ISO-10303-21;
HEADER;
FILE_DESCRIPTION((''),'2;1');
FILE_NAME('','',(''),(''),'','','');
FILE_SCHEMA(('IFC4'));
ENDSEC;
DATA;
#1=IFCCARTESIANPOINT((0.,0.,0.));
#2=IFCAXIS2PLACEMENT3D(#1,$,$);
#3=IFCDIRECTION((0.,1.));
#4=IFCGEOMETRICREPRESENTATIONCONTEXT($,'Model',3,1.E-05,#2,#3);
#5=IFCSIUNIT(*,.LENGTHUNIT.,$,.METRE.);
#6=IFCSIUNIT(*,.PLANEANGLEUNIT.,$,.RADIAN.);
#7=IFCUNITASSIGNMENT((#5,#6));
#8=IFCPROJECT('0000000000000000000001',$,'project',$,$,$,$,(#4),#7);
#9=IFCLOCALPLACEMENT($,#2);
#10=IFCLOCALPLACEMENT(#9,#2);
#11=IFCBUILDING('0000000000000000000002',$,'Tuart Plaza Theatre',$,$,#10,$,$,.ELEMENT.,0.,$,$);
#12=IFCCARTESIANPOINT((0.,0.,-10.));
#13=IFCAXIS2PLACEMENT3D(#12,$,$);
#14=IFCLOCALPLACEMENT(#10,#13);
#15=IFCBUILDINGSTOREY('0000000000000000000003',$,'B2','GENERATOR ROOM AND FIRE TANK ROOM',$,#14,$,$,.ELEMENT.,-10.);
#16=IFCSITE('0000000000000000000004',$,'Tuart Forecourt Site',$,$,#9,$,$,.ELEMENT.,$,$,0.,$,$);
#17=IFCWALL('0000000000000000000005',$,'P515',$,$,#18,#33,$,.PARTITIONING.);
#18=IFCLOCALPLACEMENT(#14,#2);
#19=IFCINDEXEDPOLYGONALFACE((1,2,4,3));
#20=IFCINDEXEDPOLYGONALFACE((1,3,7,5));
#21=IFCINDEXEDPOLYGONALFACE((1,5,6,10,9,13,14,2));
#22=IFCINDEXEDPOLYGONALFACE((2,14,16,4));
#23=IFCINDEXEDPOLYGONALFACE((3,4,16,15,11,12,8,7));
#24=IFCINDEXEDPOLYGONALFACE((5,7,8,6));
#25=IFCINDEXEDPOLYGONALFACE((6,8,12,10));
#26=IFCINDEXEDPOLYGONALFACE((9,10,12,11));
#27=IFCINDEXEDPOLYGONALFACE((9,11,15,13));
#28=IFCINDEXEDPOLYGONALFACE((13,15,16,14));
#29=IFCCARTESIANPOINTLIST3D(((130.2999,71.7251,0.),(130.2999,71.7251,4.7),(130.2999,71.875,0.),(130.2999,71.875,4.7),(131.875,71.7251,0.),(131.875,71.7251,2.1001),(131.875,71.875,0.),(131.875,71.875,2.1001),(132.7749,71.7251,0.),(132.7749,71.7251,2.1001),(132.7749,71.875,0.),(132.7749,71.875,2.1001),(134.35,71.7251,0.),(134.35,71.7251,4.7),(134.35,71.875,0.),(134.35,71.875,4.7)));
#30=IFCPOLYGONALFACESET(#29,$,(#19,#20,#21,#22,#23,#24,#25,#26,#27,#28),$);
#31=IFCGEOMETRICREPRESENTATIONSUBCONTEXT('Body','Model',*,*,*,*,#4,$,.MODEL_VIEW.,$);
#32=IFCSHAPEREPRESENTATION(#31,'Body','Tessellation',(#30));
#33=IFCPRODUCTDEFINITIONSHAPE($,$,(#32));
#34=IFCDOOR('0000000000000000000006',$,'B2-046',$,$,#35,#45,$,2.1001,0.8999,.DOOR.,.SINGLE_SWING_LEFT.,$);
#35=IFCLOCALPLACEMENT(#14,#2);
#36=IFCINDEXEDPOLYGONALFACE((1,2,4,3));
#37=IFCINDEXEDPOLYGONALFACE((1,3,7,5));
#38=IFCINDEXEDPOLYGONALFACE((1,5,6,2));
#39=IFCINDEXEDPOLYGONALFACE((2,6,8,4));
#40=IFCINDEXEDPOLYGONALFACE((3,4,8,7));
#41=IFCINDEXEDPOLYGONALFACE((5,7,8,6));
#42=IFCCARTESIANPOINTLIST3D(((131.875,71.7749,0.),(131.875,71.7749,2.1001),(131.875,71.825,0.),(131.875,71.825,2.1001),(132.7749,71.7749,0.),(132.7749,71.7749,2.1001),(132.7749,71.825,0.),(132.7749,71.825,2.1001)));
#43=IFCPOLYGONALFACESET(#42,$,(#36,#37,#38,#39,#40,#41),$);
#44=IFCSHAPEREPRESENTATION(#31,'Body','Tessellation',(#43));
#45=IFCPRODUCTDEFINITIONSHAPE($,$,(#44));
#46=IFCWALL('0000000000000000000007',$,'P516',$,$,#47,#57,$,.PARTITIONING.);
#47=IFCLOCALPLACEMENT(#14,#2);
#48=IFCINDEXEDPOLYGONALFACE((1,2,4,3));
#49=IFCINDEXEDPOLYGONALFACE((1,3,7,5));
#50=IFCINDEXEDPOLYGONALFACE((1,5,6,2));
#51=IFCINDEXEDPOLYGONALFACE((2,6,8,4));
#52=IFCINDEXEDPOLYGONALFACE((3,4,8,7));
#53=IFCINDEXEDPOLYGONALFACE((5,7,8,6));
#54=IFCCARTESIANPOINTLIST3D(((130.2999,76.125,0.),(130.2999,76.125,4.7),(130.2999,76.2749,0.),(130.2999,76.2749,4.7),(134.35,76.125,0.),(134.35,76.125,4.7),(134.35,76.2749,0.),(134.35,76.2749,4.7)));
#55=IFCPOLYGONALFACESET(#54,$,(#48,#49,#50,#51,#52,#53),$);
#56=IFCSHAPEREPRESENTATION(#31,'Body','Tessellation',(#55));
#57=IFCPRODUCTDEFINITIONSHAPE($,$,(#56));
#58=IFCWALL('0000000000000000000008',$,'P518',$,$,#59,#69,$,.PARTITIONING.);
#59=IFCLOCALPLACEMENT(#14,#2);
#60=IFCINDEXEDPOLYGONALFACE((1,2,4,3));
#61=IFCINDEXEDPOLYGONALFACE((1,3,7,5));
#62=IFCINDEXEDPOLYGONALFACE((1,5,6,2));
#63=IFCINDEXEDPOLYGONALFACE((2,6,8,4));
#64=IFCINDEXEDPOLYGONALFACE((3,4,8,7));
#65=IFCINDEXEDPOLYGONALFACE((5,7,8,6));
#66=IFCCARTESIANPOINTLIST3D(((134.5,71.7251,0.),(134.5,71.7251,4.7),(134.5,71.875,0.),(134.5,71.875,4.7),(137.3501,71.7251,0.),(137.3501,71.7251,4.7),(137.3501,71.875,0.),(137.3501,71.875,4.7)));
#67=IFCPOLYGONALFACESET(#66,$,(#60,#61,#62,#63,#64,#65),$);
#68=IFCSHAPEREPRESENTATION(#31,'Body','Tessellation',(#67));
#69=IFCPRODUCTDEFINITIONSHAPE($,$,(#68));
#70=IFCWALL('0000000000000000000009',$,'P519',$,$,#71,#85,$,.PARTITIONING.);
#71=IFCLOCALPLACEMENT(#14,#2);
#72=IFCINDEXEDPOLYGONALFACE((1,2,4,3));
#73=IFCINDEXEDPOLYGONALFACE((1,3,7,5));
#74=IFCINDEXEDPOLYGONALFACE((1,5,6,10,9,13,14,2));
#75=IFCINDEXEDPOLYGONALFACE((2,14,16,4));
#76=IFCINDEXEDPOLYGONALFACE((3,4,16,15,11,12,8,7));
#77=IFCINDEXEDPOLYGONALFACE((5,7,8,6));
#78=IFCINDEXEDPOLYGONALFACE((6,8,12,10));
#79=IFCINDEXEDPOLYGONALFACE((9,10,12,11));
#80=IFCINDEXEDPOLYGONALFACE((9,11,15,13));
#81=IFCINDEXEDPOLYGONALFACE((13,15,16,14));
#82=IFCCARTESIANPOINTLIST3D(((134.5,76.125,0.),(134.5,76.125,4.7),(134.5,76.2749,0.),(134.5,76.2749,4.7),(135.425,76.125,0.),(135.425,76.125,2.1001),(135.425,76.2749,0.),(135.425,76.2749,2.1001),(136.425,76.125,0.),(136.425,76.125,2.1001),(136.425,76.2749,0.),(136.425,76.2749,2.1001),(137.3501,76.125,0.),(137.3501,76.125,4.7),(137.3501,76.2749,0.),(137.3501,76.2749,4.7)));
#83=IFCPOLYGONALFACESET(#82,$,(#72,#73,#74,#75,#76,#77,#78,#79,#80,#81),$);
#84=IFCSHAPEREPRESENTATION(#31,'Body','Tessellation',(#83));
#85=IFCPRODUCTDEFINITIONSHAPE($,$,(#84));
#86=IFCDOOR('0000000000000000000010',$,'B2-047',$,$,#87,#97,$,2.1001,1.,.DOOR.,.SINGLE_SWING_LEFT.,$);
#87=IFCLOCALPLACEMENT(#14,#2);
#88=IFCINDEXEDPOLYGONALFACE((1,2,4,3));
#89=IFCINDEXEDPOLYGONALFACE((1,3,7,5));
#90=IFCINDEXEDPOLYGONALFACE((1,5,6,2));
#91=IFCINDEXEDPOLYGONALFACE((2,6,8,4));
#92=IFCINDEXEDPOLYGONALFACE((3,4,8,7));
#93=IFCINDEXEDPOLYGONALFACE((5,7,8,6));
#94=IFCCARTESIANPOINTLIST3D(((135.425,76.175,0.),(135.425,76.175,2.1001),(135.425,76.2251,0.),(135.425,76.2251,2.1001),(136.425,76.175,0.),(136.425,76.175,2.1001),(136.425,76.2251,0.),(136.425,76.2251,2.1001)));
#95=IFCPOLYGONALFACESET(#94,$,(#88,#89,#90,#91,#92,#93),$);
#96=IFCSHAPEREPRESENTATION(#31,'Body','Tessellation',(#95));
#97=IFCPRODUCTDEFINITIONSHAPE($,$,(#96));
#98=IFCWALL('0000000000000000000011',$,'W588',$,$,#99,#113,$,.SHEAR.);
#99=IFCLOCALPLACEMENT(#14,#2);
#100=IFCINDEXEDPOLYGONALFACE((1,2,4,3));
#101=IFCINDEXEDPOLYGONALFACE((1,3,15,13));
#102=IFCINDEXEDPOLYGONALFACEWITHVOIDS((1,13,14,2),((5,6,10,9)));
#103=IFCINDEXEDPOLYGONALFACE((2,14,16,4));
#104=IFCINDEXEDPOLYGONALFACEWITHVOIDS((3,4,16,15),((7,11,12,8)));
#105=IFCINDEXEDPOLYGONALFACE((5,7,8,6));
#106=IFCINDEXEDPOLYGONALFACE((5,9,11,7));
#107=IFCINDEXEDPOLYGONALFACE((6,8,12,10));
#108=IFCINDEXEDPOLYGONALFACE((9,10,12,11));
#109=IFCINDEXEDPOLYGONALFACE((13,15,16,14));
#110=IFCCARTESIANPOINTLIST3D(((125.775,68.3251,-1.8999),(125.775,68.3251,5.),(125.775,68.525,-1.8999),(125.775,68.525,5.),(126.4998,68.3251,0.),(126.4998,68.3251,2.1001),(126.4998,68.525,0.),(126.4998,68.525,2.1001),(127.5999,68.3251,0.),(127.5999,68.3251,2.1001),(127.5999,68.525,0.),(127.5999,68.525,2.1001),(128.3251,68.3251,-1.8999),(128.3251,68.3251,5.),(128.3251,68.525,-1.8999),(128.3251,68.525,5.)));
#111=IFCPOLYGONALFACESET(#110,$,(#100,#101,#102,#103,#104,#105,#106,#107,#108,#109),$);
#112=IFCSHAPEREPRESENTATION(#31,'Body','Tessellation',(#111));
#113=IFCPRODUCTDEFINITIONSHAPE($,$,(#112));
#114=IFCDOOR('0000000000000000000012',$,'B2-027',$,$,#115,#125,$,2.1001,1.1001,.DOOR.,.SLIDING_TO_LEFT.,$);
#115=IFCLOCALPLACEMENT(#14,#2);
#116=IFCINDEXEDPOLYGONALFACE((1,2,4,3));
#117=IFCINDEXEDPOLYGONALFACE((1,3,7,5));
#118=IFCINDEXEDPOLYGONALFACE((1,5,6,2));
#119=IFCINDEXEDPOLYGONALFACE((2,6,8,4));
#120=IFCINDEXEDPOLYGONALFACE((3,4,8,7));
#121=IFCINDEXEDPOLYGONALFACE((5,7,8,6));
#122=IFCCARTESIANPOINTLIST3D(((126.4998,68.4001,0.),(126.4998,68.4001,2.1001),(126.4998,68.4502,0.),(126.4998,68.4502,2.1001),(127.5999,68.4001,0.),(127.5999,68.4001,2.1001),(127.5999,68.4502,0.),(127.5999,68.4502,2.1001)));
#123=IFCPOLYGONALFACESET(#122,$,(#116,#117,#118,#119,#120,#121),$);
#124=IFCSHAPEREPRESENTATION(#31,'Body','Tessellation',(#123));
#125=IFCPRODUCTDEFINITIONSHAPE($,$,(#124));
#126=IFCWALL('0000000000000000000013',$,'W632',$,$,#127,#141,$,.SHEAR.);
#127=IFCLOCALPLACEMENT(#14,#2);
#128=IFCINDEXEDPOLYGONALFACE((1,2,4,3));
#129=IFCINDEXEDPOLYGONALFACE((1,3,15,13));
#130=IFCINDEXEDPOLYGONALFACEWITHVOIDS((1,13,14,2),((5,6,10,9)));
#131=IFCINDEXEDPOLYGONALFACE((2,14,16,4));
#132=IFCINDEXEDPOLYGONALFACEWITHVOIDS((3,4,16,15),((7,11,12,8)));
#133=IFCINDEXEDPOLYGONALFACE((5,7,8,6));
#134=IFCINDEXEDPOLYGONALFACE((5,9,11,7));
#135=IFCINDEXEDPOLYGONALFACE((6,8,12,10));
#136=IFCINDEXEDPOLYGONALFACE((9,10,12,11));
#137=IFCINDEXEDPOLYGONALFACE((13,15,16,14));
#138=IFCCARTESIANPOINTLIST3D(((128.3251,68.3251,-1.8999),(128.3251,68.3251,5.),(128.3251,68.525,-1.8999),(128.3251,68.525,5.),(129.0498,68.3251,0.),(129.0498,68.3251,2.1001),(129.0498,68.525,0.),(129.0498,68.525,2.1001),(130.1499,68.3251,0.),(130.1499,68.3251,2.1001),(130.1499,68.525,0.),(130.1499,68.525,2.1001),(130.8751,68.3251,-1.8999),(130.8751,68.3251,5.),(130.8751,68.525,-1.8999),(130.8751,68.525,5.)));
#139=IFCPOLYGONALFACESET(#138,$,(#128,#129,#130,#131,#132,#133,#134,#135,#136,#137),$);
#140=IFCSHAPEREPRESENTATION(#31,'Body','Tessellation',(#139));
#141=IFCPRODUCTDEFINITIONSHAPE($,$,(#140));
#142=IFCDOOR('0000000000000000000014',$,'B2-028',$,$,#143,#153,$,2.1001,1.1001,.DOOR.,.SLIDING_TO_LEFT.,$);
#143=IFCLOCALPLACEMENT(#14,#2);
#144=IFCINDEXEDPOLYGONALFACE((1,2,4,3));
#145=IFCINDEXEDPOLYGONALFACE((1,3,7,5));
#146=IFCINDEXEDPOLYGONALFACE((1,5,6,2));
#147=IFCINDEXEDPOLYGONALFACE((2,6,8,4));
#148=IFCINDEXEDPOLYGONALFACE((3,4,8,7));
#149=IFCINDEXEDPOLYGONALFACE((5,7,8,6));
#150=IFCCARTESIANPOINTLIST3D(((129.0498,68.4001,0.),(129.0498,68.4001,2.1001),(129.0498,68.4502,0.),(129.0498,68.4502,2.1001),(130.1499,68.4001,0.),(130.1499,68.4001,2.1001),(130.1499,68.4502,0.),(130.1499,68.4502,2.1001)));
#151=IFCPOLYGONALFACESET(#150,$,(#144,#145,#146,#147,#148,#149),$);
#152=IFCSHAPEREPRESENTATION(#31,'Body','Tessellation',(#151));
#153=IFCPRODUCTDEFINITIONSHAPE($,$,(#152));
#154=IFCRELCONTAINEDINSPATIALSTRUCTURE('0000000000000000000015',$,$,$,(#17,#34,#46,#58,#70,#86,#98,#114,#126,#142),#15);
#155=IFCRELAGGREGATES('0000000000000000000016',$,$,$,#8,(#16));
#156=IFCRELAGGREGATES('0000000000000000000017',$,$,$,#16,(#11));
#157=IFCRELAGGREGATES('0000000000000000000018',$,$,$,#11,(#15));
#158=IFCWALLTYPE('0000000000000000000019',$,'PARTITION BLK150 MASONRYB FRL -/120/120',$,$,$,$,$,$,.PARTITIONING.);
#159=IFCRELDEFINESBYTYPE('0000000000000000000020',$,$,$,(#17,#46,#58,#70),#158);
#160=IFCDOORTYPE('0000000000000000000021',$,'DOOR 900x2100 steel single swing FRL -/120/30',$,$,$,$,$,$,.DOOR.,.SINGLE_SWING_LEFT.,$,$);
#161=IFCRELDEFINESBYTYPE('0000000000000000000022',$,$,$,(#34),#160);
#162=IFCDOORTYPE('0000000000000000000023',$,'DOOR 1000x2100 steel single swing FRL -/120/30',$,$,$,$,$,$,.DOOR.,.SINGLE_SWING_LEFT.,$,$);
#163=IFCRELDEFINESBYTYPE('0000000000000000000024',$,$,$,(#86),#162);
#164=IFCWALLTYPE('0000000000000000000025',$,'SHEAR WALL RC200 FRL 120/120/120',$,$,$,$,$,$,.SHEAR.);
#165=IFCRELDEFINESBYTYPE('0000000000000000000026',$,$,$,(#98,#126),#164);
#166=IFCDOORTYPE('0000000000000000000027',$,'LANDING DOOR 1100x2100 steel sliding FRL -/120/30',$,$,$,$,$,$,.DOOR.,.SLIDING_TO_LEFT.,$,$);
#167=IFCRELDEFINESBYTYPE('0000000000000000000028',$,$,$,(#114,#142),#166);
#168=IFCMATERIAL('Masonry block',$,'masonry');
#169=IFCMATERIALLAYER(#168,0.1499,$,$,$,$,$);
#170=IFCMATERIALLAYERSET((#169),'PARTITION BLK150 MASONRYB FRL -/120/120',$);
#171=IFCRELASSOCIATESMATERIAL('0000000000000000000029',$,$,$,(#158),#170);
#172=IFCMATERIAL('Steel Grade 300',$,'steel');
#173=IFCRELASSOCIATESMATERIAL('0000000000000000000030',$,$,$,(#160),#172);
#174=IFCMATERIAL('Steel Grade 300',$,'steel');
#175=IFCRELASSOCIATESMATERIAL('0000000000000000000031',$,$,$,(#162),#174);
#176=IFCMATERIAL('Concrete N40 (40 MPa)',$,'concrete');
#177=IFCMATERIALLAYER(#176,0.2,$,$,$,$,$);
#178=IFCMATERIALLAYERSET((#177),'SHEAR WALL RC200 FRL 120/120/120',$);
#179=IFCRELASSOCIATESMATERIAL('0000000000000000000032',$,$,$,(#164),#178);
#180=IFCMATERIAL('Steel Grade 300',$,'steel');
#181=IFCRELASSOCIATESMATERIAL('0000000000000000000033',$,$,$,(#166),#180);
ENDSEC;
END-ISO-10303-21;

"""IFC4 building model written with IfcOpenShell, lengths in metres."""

from ifc_helpers import new_model, si_unit, direction, frame, frame_2d, origin, place, context, subcontext, project, spatial, rectangle, extrude, material, layer, layer_set, type_object, element, fill, save


model = new_model("IFC4")

# Units and contexts
model_context = context("Model", 3, precision=1e-05, world=origin(), true_north=direction((0.0, 1.0)))
body_context = subcontext(model_context, "Body", "Model", "MODEL_VIEW")
ifc_project = project(units=[si_unit("LENGTHUNIT", "METRE"), si_unit("PLANEANGLEUNIT", "RADIAN")], contexts=[model_context])

# Site, building, storey
site_placement = place(None, origin())
site = spatial("IfcSite", under=ifc_project, at=site_placement, Name="Tuart Forecourt Site", CompositionType="ELEMENT", RefElevation=0.0)
building_placement = place(site_placement, origin())
building = spatial("IfcBuilding", under=site, at=building_placement, Name="Tuart Plaza Theatre", CompositionType="ELEMENT", ElevationOfRefHeight=0.0)
storey_placement = place(building_placement, frame((0.0, 0.0, -10.0)))
storey = spatial("IfcBuildingStorey", under=building, at=storey_placement, Name="B2", Description="GENERATOR ROOM AND FIRE TANK ROOM", CompositionType="ELEMENT", Elevation=-10.0)

# Shared definitions
ifc_material_1 = material(Name="Masonry block", Category="masonry")
ifc_layer_1 = layer(ifc_material_1, 0.1499)
ifc_layer_set_1 = layer_set([ifc_layer_1], Name="PARTITION BLK150 MASONRYB FRL -/120/120")
wall_type_1 = type_object("IfcWallType", Name="PARTITION BLK150 MASONRYB FRL -/120/120", PredefinedType="PARTITIONING", material=ifc_layer_set_1)

# Wall, opening, door
wall_1_placement = place(storey_placement, frame((130.3, 71.8, 0.0), z_axis=(0.0, 0.0, 1.0), x_axis=(1.0, 0.0, 0.0)))
wall_1 = element("IfcWall", 1, at=wall_1_placement, inside=storey, type_object=wall_type_1, Name="P515", PredefinedType="PARTITIONING", context=body_context, shape_type="SweptSolid", body=[
    extrude(rectangle(XDim=4.05, YDim=0.1499, at=frame_2d((2.0249, 0.0))), origin(), (0.0, 0.0, 1.0), 4.7),
])
opening_1_placement = place(wall_1_placement, frame((1.575, 0.0, 0.0)))
opening_1 = element("IfcOpeningElement", 2, at=opening_1_placement, cuts=wall_1, PredefinedType="OPENING", context=body_context, shape_type="SweptSolid", body=[
    extrude(rectangle(XDim=0.8999, YDim=2.1001, at=frame_2d((0.45, 1.05))), frame((0.0, 0.085, 0.0), z_axis=(0.0, -1.0, 0.0), x_axis=(1.0, 0.0, 0.0)), (0.0, 0.0, 1.0), 0.1699),
])
ifc_material_2 = material(Name="Steel Grade 300", Category="steel")
door_type_1 = type_object("IfcDoorType", Name="DOOR 900x2100 steel single swing FRL -/120/30", OperationType="SINGLE_SWING_LEFT", PredefinedType="DOOR", material=ifc_material_2)
door_1_placement = place(opening_1_placement, origin())
door_1 = element("IfcDoor", 3, at=door_1_placement, inside=storey, type_object=door_type_1, Name="B2-046", OperationType="SINGLE_SWING_LEFT", OverallHeight=2.1001, OverallWidth=0.8999, PredefinedType="DOOR", context=body_context, shape_type="SweptSolid", body=[
    extrude(rectangle(XDim=0.8999, YDim=2.1001, at=frame_2d((0.45, 1.05))), frame((0.0, 0.0249, 0.0), z_axis=(0.0, -1.0, 0.0), x_axis=(1.0, 0.0, 0.0)), (0.0, 0.0, 1.0), 0.05),
])
fill(opening_1, door_1)

# Walls
wall_2_placement = place(storey_placement, frame((130.3, 76.2, 0.0), z_axis=(0.0, 0.0, 1.0), x_axis=(1.0, 0.0, 0.0)))
element("IfcWall", 4, at=wall_2_placement, inside=storey, type_object=wall_type_1, Name="P516", PredefinedType="PARTITIONING", context=body_context, shape_type="SweptSolid", body=[
    extrude(rectangle(XDim=4.05, YDim=0.1499, at=frame_2d((2.0249, 0.0))), origin(), (0.0, 0.0, 1.0), 4.7),
])
wall_3_placement = place(storey_placement, frame((134.5, 71.8, 0.0), z_axis=(0.0, 0.0, 1.0), x_axis=(1.0, 0.0, 0.0)))
element("IfcWall", 5, at=wall_3_placement, inside=storey, type_object=wall_type_1, Name="P518", PredefinedType="PARTITIONING", context=body_context, shape_type="SweptSolid", body=[
    extrude(rectangle(XDim=2.8501, YDim=0.1499, at=frame_2d((1.425, 0.0))), origin(), (0.0, 0.0, 1.0), 4.7),
])

# Walls, openings, doors
wall_4_placement = place(storey_placement, frame((134.5, 76.2, 0.0), z_axis=(0.0, 0.0, 1.0), x_axis=(1.0, 0.0, 0.0)))
wall_4 = element("IfcWall", 6, at=wall_4_placement, inside=storey, type_object=wall_type_1, Name="P519", PredefinedType="PARTITIONING", context=body_context, shape_type="SweptSolid", body=[
    extrude(rectangle(XDim=2.8501, YDim=0.1499, at=frame_2d((1.425, 0.0))), origin(), (0.0, 0.0, 1.0), 4.7),
])
opening_2_placement = place(wall_4_placement, frame((0.925, 0.0, 0.0)))
opening_2 = element("IfcOpeningElement", 7, at=opening_2_placement, cuts=wall_4, PredefinedType="OPENING", context=body_context, shape_type="SweptSolid", body=[
    extrude(rectangle(XDim=1.0, YDim=2.1001, at=frame_2d((0.5, 1.05))), frame((0.0, 0.085, 0.0), z_axis=(0.0, -1.0, 0.0), x_axis=(1.0, 0.0, 0.0)), (0.0, 0.0, 1.0), 0.1699),
])
ifc_material_3 = material(Name="Steel Grade 300", Category="steel")
door_type_2 = type_object("IfcDoorType", Name="DOOR 1000x2100 steel single swing FRL -/120/30", OperationType="SINGLE_SWING_LEFT", PredefinedType="DOOR", material=ifc_material_3)
door_2_placement = place(opening_2_placement, frame((1.0, 0.0, 0.0), z_axis=(0.0, 0.0, 1.0), x_axis=(-1.0, 0.0, 0.0)))
door_2 = element("IfcDoor", 8, at=door_2_placement, inside=storey, type_object=door_type_2, Name="B2-047", OperationType="SINGLE_SWING_LEFT", OverallHeight=2.1001, OverallWidth=1.0, PredefinedType="DOOR", context=body_context, shape_type="SweptSolid", body=[
    extrude(rectangle(XDim=1.0, YDim=2.1001, at=frame_2d((0.5, 1.05))), frame((0.0, 0.0249, 0.0), z_axis=(0.0, -1.0, 0.0), x_axis=(1.0, 0.0, 0.0)), (0.0, 0.0, 1.0), 0.05),
])
fill(opening_2, door_2)
ifc_material_4 = material(Name="Concrete N40 (40 MPa)", Category="concrete")
ifc_layer_2 = layer(ifc_material_4, 0.2)
ifc_layer_set_2 = layer_set([ifc_layer_2], Name="SHEAR WALL RC200 FRL 120/120/120")
wall_type_2 = type_object("IfcWallType", Name="SHEAR WALL RC200 FRL 120/120/120", PredefinedType="SHEAR", material=ifc_layer_set_2)
wall_5_placement = place(storey_placement, frame((128.325, 68.425, -1.8999), z_axis=(0.0, 0.0, 1.0), x_axis=(-1.0, 0.0, 0.0)))
wall_5 = element("IfcWall", 9, at=wall_5_placement, inside=storey, type_object=wall_type_2, Name="W588", PredefinedType="SHEAR", context=body_context, shape_type="SweptSolid", body=[
    extrude(rectangle(XDim=2.55, YDim=0.2, at=frame_2d((1.2749, 0.0))), origin(), (0.0, 0.0, 1.0), 6.8999),
])
opening_3_placement = place(wall_5_placement, frame((0.7251, 0.0, 1.8999)))
opening_3 = element("IfcOpeningElement", 10, at=opening_3_placement, cuts=wall_5, PredefinedType="OPENING", context=body_context, shape_type="SweptSolid", body=[
    extrude(rectangle(XDim=1.1001, YDim=2.1001, at=frame_2d((0.55, 1.05))), frame((0.0, 0.1099, 0.0), z_axis=(0.0, -1.0, 0.0), x_axis=(1.0, 0.0, 0.0)), (0.0, 0.0, 1.0), 0.22),
])
ifc_material_5 = material(Name="Steel Grade 300", Category="steel")
door_type_3 = type_object("IfcDoorType", Name="LANDING DOOR 1100x2100 steel sliding FRL -/120/30", OperationType="SLIDING_TO_LEFT", PredefinedType="DOOR", material=ifc_material_5)
door_3_placement = place(opening_3_placement, origin())
door_3 = element("IfcDoor", 11, at=door_3_placement, inside=storey, type_object=door_type_3, Name="B2-027", OperationType="SLIDING_TO_LEFT", OverallHeight=2.1001, OverallWidth=1.1001, PredefinedType="DOOR", context=body_context, shape_type="SweptSolid", body=[
    extrude(rectangle(XDim=1.1001, YDim=2.1001, at=frame_2d((0.55, 1.05))), frame((0.0, 0.0249, 0.0), z_axis=(0.0, -1.0, 0.0), x_axis=(1.0, 0.0, 0.0)), (0.0, 0.0, 1.0), 0.05),
])
fill(opening_3, door_3)
wall_6_placement = place(storey_placement, frame((130.875, 68.425, -1.8999), z_axis=(0.0, 0.0, 1.0), x_axis=(-1.0, 0.0, 0.0)))
wall_6 = element("IfcWall", 12, at=wall_6_placement, inside=storey, type_object=wall_type_2, Name="W632", PredefinedType="SHEAR", context=body_context, shape_type="SweptSolid", body=[
    extrude(rectangle(XDim=2.55, YDim=0.2, at=frame_2d((1.2749, 0.0))), origin(), (0.0, 0.0, 1.0), 6.8999),
])
opening_4_placement = place(wall_6_placement, frame((0.7251, 0.0, 1.8999)))
opening_4 = element("IfcOpeningElement", 13, at=opening_4_placement, cuts=wall_6, PredefinedType="OPENING", context=body_context, shape_type="SweptSolid", body=[
    extrude(rectangle(XDim=1.1001, YDim=2.1001, at=frame_2d((0.55, 1.05))), frame((0.0, 0.1099, 0.0), z_axis=(0.0, -1.0, 0.0), x_axis=(1.0, 0.0, 0.0)), (0.0, 0.0, 1.0), 0.22),
])
door_4_placement = place(opening_4_placement, origin())
door_4 = element("IfcDoor", 14, at=door_4_placement, inside=storey, type_object=door_type_3, Name="B2-028", OperationType="SLIDING_TO_LEFT", OverallHeight=2.1001, OverallWidth=1.1001, PredefinedType="DOOR", context=body_context, shape_type="SweptSolid", body=[
    extrude(rectangle(XDim=1.1001, YDim=2.1001, at=frame_2d((0.55, 1.05))), frame((0.0, 0.0249, 0.0), z_axis=(0.0, -1.0, 0.0), x_axis=(1.0, 0.0, 0.0)), (0.0, 0.0, 1.0), 0.05),
])
fill(opening_4, door_4)

save(model, "model.ifc")
